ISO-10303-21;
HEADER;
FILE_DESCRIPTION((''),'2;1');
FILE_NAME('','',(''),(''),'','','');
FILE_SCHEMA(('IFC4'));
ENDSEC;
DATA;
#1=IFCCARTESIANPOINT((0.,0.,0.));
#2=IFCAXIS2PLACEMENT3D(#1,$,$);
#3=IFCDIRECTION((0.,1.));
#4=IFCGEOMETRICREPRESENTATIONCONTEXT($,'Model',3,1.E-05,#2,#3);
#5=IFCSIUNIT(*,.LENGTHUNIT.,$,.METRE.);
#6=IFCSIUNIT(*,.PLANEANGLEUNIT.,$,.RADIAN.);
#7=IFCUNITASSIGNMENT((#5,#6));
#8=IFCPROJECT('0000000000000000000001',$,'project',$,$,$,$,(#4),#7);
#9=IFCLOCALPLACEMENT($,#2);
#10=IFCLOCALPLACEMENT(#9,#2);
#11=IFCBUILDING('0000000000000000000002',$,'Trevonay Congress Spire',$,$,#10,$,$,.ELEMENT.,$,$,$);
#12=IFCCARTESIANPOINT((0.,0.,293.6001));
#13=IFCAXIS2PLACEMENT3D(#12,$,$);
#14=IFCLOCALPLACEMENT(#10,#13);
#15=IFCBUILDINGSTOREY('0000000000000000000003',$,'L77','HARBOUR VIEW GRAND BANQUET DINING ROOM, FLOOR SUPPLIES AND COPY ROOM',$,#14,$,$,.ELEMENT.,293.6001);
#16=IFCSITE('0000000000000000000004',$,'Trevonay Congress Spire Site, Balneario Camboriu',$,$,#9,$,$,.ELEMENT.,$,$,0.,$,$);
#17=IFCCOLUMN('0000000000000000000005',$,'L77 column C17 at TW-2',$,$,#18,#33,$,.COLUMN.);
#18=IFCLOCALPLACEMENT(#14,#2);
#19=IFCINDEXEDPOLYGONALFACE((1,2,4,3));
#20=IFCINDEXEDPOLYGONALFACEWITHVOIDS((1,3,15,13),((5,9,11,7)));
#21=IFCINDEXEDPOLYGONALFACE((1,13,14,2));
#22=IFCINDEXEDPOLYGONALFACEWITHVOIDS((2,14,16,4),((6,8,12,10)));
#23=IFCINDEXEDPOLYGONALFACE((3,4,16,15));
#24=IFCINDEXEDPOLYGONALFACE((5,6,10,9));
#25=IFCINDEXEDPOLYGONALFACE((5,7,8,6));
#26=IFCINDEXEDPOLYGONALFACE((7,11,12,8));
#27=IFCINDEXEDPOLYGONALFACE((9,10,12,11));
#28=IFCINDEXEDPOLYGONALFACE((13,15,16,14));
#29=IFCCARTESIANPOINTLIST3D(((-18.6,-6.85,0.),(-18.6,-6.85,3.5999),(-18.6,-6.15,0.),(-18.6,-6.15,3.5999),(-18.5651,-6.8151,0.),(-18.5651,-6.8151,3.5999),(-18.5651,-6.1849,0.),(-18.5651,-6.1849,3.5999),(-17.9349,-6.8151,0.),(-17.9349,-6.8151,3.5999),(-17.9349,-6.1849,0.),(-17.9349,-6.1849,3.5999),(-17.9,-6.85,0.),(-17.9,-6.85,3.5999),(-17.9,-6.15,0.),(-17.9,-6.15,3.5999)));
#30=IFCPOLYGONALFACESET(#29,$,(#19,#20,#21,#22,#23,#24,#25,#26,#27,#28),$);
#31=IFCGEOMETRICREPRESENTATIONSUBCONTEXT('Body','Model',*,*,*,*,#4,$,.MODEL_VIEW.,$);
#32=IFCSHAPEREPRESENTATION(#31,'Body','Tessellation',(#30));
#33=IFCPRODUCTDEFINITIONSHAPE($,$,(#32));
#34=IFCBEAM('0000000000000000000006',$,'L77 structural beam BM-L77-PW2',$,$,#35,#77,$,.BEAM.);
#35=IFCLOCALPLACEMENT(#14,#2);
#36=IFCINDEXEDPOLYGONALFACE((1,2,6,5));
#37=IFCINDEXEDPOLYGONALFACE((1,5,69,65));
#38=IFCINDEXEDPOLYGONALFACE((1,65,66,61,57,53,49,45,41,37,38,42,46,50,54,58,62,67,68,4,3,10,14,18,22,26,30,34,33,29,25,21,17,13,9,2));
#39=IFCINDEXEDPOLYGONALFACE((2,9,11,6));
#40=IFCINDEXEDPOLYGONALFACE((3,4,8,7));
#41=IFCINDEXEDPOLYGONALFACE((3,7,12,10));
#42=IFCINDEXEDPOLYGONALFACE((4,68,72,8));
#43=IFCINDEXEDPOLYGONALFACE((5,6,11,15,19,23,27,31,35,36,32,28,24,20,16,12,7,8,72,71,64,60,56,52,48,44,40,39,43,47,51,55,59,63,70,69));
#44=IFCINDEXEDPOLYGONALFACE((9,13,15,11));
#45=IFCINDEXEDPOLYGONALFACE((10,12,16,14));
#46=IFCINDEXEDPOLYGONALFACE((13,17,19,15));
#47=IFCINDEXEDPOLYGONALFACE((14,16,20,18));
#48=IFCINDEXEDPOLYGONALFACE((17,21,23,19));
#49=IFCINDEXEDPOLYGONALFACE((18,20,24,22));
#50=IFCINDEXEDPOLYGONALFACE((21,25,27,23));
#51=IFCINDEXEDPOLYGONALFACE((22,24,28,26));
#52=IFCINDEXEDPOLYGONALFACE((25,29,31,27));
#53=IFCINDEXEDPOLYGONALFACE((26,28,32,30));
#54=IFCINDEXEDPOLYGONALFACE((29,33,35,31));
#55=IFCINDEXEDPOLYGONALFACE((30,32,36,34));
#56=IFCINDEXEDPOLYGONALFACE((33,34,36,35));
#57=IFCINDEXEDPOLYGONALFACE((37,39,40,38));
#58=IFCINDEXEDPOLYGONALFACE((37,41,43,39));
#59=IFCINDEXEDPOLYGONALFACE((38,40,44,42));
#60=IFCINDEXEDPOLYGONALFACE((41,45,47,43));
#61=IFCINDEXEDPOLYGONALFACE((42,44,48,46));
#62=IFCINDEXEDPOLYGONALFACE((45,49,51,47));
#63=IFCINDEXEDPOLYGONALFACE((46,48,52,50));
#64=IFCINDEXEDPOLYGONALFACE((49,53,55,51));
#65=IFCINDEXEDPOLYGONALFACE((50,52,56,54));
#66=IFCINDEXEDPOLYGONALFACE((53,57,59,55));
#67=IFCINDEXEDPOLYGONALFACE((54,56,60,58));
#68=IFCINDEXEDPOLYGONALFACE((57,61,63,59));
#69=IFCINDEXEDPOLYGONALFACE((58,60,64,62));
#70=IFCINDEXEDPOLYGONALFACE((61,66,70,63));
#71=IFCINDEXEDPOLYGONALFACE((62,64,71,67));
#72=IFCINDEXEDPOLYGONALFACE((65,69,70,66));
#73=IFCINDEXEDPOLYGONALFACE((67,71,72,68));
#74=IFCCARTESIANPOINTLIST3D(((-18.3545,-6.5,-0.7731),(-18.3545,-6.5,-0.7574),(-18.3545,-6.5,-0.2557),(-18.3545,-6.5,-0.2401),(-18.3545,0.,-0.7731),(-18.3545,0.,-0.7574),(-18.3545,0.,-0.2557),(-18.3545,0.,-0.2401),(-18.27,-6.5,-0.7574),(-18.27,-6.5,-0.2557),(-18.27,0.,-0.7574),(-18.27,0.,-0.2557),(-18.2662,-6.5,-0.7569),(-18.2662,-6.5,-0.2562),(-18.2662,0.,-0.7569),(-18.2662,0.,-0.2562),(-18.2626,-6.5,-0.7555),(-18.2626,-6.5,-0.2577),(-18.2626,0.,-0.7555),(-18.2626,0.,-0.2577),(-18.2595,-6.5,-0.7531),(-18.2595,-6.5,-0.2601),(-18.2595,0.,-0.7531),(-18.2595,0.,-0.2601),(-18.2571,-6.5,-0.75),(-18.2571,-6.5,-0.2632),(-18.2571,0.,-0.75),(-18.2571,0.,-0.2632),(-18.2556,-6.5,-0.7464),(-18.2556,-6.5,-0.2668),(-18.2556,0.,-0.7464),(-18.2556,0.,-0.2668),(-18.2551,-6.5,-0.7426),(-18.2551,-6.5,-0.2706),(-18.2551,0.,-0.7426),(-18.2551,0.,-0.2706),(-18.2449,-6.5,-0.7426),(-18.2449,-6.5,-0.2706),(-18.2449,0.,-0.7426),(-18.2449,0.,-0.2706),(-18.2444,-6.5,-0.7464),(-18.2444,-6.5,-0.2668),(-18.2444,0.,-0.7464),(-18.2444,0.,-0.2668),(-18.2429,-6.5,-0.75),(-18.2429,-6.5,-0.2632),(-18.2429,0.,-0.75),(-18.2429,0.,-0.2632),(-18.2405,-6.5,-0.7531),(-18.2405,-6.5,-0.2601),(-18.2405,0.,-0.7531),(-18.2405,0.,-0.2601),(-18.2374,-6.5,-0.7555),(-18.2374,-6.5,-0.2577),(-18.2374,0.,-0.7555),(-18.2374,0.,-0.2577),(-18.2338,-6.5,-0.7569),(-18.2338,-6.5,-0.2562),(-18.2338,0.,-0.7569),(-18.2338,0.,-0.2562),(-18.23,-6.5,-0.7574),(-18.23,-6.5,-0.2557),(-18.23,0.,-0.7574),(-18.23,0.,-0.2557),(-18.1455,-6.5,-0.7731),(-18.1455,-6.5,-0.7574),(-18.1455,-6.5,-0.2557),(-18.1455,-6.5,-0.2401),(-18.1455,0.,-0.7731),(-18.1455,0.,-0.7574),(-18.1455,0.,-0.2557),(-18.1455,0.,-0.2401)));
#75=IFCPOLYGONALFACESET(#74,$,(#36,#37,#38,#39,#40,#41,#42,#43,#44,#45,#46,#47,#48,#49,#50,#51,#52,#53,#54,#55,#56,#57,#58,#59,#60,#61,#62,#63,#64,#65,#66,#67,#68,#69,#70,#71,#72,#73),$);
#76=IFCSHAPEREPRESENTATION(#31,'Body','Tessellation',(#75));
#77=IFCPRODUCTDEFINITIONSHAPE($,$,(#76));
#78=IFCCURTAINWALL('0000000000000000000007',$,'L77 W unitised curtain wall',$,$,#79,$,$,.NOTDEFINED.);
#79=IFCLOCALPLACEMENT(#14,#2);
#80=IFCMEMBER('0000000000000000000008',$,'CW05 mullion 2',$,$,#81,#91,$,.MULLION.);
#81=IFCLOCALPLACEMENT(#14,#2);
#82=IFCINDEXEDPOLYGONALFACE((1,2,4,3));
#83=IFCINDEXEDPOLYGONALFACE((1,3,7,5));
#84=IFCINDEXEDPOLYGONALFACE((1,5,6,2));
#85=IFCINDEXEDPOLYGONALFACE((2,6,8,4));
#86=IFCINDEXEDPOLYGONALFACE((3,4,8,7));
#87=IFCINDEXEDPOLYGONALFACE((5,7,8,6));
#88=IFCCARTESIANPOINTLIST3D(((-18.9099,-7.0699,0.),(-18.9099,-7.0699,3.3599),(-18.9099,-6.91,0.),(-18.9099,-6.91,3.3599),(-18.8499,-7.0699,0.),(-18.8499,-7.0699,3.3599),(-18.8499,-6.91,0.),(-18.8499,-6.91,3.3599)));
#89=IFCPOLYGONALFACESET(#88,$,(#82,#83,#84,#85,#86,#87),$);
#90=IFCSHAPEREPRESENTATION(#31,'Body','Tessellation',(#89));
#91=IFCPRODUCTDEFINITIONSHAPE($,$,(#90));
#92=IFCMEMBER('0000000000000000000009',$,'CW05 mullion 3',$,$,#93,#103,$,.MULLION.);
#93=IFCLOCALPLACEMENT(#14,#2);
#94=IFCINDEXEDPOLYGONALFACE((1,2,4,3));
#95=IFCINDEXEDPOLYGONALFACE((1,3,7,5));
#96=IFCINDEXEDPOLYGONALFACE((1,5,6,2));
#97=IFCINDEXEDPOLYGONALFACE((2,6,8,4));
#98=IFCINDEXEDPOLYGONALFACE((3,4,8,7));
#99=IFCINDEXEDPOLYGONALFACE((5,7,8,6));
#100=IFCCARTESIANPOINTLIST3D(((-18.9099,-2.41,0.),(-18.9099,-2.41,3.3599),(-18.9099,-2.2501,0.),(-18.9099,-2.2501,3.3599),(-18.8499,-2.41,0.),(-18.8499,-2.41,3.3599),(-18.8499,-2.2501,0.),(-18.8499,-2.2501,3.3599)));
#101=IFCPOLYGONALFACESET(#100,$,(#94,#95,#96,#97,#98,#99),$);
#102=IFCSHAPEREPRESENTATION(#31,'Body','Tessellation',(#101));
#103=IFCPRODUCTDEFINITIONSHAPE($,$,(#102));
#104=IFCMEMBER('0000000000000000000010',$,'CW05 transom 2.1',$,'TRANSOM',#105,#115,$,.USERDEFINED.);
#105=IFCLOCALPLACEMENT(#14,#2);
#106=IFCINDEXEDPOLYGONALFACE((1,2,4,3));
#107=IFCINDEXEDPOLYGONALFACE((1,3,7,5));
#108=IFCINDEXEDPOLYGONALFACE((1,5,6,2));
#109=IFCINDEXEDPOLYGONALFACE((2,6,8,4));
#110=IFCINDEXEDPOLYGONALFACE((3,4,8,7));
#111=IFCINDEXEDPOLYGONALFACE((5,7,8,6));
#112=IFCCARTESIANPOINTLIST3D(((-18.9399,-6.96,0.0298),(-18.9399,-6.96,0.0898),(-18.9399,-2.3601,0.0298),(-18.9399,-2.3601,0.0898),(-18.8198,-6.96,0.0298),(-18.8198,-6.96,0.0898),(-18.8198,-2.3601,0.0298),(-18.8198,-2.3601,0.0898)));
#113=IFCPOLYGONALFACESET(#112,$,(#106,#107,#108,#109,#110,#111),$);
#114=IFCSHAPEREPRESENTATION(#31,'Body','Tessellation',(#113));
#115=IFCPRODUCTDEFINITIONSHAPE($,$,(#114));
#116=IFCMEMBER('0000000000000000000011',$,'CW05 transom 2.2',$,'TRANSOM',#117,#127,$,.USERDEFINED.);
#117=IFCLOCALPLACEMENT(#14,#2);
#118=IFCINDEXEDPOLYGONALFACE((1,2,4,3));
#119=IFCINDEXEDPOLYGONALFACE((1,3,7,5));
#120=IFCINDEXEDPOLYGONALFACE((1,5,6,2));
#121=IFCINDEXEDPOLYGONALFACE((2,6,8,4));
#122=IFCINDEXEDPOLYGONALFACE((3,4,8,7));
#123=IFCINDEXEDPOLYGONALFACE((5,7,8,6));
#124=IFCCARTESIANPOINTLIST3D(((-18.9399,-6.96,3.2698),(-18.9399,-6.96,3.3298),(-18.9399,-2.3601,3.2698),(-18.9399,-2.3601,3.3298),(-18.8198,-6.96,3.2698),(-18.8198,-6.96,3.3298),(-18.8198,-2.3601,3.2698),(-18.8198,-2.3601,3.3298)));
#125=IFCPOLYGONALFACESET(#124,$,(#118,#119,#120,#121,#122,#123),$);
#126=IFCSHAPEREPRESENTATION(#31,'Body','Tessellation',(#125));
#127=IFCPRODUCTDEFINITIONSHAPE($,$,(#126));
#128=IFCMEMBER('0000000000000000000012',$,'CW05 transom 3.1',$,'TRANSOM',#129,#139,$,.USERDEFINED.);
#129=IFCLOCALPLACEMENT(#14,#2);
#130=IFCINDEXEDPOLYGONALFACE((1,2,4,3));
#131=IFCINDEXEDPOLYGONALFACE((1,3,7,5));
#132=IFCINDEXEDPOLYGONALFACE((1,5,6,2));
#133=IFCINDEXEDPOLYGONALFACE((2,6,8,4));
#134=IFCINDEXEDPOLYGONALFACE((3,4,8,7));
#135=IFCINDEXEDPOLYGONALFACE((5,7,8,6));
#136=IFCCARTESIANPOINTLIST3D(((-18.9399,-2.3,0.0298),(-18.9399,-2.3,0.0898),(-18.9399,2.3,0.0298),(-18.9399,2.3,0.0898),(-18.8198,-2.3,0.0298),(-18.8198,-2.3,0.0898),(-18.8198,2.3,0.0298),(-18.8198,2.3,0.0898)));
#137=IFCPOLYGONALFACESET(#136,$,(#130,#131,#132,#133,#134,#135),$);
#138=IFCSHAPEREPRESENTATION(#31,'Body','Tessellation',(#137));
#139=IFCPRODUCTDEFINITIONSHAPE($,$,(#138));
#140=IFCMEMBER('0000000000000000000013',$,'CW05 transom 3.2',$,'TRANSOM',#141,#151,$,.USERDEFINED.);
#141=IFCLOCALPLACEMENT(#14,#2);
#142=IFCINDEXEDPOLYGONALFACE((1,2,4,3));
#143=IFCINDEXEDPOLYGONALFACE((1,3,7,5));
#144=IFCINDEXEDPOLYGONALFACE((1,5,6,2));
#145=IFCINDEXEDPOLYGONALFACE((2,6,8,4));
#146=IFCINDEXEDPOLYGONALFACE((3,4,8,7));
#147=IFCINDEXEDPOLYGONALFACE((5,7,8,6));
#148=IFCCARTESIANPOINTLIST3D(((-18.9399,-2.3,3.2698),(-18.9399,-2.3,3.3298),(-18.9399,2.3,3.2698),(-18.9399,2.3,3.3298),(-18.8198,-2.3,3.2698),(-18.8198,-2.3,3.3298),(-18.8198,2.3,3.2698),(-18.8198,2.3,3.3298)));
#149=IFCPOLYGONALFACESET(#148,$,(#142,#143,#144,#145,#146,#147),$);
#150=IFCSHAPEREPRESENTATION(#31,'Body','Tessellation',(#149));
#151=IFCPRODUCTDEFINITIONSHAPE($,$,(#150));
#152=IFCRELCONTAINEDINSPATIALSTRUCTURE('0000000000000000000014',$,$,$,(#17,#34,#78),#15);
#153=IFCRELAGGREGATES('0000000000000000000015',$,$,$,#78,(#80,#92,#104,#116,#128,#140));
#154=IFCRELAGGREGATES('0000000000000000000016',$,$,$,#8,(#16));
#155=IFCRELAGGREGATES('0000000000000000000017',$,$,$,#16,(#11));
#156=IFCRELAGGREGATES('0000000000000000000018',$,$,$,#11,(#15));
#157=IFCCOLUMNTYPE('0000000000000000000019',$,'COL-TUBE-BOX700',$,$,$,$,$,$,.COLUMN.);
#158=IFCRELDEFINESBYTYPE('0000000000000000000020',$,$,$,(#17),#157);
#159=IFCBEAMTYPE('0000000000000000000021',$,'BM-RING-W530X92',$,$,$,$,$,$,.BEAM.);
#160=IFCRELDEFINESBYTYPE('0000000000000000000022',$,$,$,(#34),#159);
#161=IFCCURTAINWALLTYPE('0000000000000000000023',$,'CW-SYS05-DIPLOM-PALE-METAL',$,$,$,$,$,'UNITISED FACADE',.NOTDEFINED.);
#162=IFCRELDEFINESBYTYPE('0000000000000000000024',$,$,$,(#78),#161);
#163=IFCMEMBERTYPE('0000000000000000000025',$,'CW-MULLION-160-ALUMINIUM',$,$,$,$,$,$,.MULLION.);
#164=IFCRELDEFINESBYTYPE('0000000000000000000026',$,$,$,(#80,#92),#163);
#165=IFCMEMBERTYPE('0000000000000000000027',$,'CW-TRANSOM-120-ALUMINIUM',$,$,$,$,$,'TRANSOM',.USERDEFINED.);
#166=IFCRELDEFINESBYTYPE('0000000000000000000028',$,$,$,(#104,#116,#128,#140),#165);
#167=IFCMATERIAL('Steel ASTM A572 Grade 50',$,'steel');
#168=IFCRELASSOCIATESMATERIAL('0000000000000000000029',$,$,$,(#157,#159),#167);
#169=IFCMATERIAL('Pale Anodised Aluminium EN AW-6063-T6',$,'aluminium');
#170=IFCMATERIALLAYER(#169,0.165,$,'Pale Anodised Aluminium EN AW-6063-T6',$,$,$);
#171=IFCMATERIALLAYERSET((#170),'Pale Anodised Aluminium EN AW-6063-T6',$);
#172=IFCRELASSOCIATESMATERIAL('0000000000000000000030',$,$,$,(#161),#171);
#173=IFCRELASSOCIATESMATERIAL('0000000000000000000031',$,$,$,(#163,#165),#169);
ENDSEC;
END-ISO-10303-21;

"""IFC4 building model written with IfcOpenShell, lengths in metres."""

from ifc_helpers import new_model, si_unit, direction, frame, origin, origin_2d, place, context, subcontext, project, spatial, rectangle, hollow_rectangle, i_section, extrude, material, layer, layer_set, material_profile, profile_set, type_object, element, aggregate, save


model = new_model("IFC4")

# Units and contexts
model_context = context("Model", 3, precision=1e-05, world=origin(), true_north=direction((0.0, 1.0)))
body_context = subcontext(model_context, "Body", "Model", "MODEL_VIEW")
ifc_project = project(units=[si_unit("LENGTHUNIT", "METRE"), si_unit("PLANEANGLEUNIT", "RADIAN")], contexts=[model_context])

# Site, building, storey
site_placement = place(None, origin())
site = spatial("IfcSite", under=ifc_project, at=site_placement, Name="Trevonay Congress Spire Site, Balneario Camboriu", CompositionType="ELEMENT", RefElevation=0.0)
building_placement = place(site_placement, origin())
building = spatial("IfcBuilding", under=site, at=building_placement, Name="Trevonay Congress Spire", CompositionType="ELEMENT")
storey_placement = place(building_placement, frame((0.0, 0.0, 293.6001)))
storey = spatial("IfcBuildingStorey", under=building, at=storey_placement, Name="L77", Description="HARBOUR VIEW GRAND BANQUET DINING ROOM, FLOOR SUPPLIES AND COPY ROOM", CompositionType="ELEMENT", Elevation=293.6001)

# Column
ifc_material_1 = material(Name="Steel ASTM A572 Grade 50", Category="steel")
ifc_material_profile_1 = material_profile(ifc_material_1, hollow_rectangle(XDim=0.7, YDim=0.7, WallThickness=0.0349, at=origin_2d()), Name="BOX 700x700x35")
ifc_profile_set_1 = profile_set([ifc_material_profile_1], Name="Steel ASTM A572 Grade 50")
column_type = type_object("IfcColumnType", Name="COL-TUBE-BOX700", PredefinedType="COLUMN", material=ifc_profile_set_1)
column_placement = place(storey_placement, frame((-18.25, -6.5, 0.0), z_axis=(0.0, 0.0, 1.0), x_axis=(1.0, 0.0, 0.0)))
element("IfcColumn", 1, at=column_placement, inside=storey, type_object=column_type, Name="L77 column C17 at TW-2", PredefinedType="COLUMN", context=body_context, shape_type="SweptSolid", body=[
    extrude(hollow_rectangle(XDim=0.7, YDim=0.7, WallThickness=0.0349, at=origin_2d()), origin(), (0.0, 0.0, 1.0), 3.5999),
])

# Beam
ifc_material_profile_2 = material_profile(ifc_material_1, i_section(OverallWidth=0.209, OverallDepth=0.533, WebThickness=0.0103, FlangeThickness=0.0156, FilletRadius=0.0149, at=origin_2d()), Name="W530x92")
ifc_profile_set_2 = profile_set([ifc_material_profile_2], Name="Steel ASTM A572 Grade 50")
beam_type_1 = type_object("IfcBeamType", Name="BM-RING-W530X92", PredefinedType="BEAM", material=ifc_profile_set_2)
beam_1_placement = place(storey_placement, frame((-18.25, -6.5, -0.5066), z_axis=(0.0, 1.0, 0.0), x_axis=(-1.0, 0.0, 0.0)))
element("IfcBeam", 2, at=beam_1_placement, inside=storey, type_object=beam_type_1, Name="L77 structural beam BM-L77-PW2", PredefinedType="BEAM", context=body_context, shape_type="SweptSolid", body=[
    extrude(i_section(OverallWidth=0.209, OverallDepth=0.533, WebThickness=0.0103, FlangeThickness=0.0156, FilletRadius=0.0149, at=origin_2d()), origin(), (0.0, 0.0, 1.0), 6.5),
])

# Curtain wall, members
ifc_material_2 = material(Name="Pale Anodised Aluminium EN AW-6063-T6", Category="aluminium")
ifc_layer_1 = layer(ifc_material_2, 0.165, Name="Pale Anodised Aluminium EN AW-6063-T6")
ifc_layer_set_1 = layer_set([ifc_layer_1], Name="Pale Anodised Aluminium EN AW-6063-T6")
curtain_wall_type = type_object("IfcCurtainWallType", Name="CW-SYS05-DIPLOM-PALE-METAL", ElementType="UNITISED FACADE", PredefinedType="NOTDEFINED", material=ifc_layer_set_1)
curtain_wall_placement = place(storey_placement, origin())
curtain_wall = element("IfcCurtainWall", 3, at=curtain_wall_placement, inside=storey, type_object=curtain_wall_type, Name="L77 W unitised curtain wall", PredefinedType="NOTDEFINED")
ifc_material_profile_3 = material_profile(ifc_material_2, rectangle(XDim=0.0601, YDim=0.1599, at=origin_2d()), Name="CW-MULLION-160-ALUMINIUM")
ifc_profile_set_3 = profile_set([ifc_material_profile_3], Name="Pale Anodised Aluminium EN AW-6063-T6")
member_type_1 = type_object("IfcMemberType", Name="CW-MULLION-160-ALUMINIUM", PredefinedType="MULLION", material=ifc_profile_set_3)
member_1_placement = place(storey_placement, frame((-18.8799, -6.99, 0.0), z_axis=(0.0, 0.0, 1.0), x_axis=(-1.0, 0.0, 0.0)))
member_1 = element("IfcMember", 4, at=member_1_placement, type_object=member_type_1, Name="CW05 mullion 2", PredefinedType="MULLION", context=body_context, shape_type="SweptSolid", body=[
    extrude(rectangle(XDim=0.0601, YDim=0.1599, at=origin_2d()), origin(), (0.0, 0.0, 1.0), 3.3599),
])
member_2_placement = place(storey_placement, frame((-18.8799, -2.3301, 0.0), z_axis=(0.0, 0.0, 1.0), x_axis=(-1.0, 0.0, 0.0)))
member_2 = element("IfcMember", 5, at=member_2_placement, type_object=member_type_1, Name="CW05 mullion 3", PredefinedType="MULLION", context=body_context, shape_type="SweptSolid", body=[
    extrude(rectangle(XDim=0.0601, YDim=0.1599, at=origin_2d()), origin(), (0.0, 0.0, 1.0), 3.3599),
])
ifc_material_profile_4 = material_profile(ifc_material_2, rectangle(XDim=0.1201, YDim=0.0601, at=origin_2d()), Name="CW-TRANSOM-120-ALUMINIUM")
ifc_profile_set_4 = profile_set([ifc_material_profile_4], Name="Pale Anodised Aluminium EN AW-6063-T6")
member_type_2 = type_object("IfcMemberType", Name="CW-TRANSOM-120-ALUMINIUM", ElementType="TRANSOM", PredefinedType="USERDEFINED", material=ifc_profile_set_4)
member_3_placement = place(storey_placement, frame((-18.8799, -6.96, 0.0598), z_axis=(0.0, 1.0, 0.0), x_axis=(-1.0, 0.0, 0.0)))
member_3 = element("IfcMember", 6, at=member_3_placement, type_object=member_type_2, Name="CW05 transom 2.1", ObjectType="TRANSOM", PredefinedType="USERDEFINED", context=body_context, shape_type="SweptSolid", body=[
    extrude(rectangle(XDim=0.1201, YDim=0.0601, at=origin_2d()), origin(), (0.0, 0.0, 1.0), 4.5999),
])
member_4_placement = place(storey_placement, frame((-18.8799, -6.96, 3.2998), z_axis=(0.0, 1.0, 0.0), x_axis=(-1.0, 0.0, 0.0)))
member_4 = element("IfcMember", 7, at=member_4_placement, type_object=member_type_2, Name="CW05 transom 2.2", ObjectType="TRANSOM", PredefinedType="USERDEFINED", context=body_context, shape_type="SweptSolid", body=[
    extrude(rectangle(XDim=0.1201, YDim=0.0601, at=origin_2d()), origin(), (0.0, 0.0, 1.0), 4.5999),
])
member_5_placement = place(storey_placement, frame((-18.8799, -2.3, 0.0598), z_axis=(0.0, 1.0, 0.0), x_axis=(-1.0, 0.0, 0.0)))
member_5 = element("IfcMember", 8, at=member_5_placement, type_object=member_type_2, Name="CW05 transom 3.1", ObjectType="TRANSOM", PredefinedType="USERDEFINED", context=body_context, shape_type="SweptSolid", body=[
    extrude(rectangle(XDim=0.1201, YDim=0.0601, at=origin_2d()), origin(), (0.0, 0.0, 1.0), 4.6001),
])
member_6_placement = place(storey_placement, frame((-18.8799, -2.3, 3.2998), z_axis=(0.0, 1.0, 0.0), x_axis=(-1.0, 0.0, 0.0)))
member_6 = element("IfcMember", 9, at=member_6_placement, type_object=member_type_2, Name="CW05 transom 3.2", ObjectType="TRANSOM", PredefinedType="USERDEFINED", context=body_context, shape_type="SweptSolid", body=[
    extrude(rectangle(XDim=0.1201, YDim=0.0601, at=origin_2d()), origin(), (0.0, 0.0, 1.0), 4.6001),
])

aggregate(curtain_wall, [member_1, member_2, member_3, member_4, member_5, member_6])

save(model, "model.ifc")
